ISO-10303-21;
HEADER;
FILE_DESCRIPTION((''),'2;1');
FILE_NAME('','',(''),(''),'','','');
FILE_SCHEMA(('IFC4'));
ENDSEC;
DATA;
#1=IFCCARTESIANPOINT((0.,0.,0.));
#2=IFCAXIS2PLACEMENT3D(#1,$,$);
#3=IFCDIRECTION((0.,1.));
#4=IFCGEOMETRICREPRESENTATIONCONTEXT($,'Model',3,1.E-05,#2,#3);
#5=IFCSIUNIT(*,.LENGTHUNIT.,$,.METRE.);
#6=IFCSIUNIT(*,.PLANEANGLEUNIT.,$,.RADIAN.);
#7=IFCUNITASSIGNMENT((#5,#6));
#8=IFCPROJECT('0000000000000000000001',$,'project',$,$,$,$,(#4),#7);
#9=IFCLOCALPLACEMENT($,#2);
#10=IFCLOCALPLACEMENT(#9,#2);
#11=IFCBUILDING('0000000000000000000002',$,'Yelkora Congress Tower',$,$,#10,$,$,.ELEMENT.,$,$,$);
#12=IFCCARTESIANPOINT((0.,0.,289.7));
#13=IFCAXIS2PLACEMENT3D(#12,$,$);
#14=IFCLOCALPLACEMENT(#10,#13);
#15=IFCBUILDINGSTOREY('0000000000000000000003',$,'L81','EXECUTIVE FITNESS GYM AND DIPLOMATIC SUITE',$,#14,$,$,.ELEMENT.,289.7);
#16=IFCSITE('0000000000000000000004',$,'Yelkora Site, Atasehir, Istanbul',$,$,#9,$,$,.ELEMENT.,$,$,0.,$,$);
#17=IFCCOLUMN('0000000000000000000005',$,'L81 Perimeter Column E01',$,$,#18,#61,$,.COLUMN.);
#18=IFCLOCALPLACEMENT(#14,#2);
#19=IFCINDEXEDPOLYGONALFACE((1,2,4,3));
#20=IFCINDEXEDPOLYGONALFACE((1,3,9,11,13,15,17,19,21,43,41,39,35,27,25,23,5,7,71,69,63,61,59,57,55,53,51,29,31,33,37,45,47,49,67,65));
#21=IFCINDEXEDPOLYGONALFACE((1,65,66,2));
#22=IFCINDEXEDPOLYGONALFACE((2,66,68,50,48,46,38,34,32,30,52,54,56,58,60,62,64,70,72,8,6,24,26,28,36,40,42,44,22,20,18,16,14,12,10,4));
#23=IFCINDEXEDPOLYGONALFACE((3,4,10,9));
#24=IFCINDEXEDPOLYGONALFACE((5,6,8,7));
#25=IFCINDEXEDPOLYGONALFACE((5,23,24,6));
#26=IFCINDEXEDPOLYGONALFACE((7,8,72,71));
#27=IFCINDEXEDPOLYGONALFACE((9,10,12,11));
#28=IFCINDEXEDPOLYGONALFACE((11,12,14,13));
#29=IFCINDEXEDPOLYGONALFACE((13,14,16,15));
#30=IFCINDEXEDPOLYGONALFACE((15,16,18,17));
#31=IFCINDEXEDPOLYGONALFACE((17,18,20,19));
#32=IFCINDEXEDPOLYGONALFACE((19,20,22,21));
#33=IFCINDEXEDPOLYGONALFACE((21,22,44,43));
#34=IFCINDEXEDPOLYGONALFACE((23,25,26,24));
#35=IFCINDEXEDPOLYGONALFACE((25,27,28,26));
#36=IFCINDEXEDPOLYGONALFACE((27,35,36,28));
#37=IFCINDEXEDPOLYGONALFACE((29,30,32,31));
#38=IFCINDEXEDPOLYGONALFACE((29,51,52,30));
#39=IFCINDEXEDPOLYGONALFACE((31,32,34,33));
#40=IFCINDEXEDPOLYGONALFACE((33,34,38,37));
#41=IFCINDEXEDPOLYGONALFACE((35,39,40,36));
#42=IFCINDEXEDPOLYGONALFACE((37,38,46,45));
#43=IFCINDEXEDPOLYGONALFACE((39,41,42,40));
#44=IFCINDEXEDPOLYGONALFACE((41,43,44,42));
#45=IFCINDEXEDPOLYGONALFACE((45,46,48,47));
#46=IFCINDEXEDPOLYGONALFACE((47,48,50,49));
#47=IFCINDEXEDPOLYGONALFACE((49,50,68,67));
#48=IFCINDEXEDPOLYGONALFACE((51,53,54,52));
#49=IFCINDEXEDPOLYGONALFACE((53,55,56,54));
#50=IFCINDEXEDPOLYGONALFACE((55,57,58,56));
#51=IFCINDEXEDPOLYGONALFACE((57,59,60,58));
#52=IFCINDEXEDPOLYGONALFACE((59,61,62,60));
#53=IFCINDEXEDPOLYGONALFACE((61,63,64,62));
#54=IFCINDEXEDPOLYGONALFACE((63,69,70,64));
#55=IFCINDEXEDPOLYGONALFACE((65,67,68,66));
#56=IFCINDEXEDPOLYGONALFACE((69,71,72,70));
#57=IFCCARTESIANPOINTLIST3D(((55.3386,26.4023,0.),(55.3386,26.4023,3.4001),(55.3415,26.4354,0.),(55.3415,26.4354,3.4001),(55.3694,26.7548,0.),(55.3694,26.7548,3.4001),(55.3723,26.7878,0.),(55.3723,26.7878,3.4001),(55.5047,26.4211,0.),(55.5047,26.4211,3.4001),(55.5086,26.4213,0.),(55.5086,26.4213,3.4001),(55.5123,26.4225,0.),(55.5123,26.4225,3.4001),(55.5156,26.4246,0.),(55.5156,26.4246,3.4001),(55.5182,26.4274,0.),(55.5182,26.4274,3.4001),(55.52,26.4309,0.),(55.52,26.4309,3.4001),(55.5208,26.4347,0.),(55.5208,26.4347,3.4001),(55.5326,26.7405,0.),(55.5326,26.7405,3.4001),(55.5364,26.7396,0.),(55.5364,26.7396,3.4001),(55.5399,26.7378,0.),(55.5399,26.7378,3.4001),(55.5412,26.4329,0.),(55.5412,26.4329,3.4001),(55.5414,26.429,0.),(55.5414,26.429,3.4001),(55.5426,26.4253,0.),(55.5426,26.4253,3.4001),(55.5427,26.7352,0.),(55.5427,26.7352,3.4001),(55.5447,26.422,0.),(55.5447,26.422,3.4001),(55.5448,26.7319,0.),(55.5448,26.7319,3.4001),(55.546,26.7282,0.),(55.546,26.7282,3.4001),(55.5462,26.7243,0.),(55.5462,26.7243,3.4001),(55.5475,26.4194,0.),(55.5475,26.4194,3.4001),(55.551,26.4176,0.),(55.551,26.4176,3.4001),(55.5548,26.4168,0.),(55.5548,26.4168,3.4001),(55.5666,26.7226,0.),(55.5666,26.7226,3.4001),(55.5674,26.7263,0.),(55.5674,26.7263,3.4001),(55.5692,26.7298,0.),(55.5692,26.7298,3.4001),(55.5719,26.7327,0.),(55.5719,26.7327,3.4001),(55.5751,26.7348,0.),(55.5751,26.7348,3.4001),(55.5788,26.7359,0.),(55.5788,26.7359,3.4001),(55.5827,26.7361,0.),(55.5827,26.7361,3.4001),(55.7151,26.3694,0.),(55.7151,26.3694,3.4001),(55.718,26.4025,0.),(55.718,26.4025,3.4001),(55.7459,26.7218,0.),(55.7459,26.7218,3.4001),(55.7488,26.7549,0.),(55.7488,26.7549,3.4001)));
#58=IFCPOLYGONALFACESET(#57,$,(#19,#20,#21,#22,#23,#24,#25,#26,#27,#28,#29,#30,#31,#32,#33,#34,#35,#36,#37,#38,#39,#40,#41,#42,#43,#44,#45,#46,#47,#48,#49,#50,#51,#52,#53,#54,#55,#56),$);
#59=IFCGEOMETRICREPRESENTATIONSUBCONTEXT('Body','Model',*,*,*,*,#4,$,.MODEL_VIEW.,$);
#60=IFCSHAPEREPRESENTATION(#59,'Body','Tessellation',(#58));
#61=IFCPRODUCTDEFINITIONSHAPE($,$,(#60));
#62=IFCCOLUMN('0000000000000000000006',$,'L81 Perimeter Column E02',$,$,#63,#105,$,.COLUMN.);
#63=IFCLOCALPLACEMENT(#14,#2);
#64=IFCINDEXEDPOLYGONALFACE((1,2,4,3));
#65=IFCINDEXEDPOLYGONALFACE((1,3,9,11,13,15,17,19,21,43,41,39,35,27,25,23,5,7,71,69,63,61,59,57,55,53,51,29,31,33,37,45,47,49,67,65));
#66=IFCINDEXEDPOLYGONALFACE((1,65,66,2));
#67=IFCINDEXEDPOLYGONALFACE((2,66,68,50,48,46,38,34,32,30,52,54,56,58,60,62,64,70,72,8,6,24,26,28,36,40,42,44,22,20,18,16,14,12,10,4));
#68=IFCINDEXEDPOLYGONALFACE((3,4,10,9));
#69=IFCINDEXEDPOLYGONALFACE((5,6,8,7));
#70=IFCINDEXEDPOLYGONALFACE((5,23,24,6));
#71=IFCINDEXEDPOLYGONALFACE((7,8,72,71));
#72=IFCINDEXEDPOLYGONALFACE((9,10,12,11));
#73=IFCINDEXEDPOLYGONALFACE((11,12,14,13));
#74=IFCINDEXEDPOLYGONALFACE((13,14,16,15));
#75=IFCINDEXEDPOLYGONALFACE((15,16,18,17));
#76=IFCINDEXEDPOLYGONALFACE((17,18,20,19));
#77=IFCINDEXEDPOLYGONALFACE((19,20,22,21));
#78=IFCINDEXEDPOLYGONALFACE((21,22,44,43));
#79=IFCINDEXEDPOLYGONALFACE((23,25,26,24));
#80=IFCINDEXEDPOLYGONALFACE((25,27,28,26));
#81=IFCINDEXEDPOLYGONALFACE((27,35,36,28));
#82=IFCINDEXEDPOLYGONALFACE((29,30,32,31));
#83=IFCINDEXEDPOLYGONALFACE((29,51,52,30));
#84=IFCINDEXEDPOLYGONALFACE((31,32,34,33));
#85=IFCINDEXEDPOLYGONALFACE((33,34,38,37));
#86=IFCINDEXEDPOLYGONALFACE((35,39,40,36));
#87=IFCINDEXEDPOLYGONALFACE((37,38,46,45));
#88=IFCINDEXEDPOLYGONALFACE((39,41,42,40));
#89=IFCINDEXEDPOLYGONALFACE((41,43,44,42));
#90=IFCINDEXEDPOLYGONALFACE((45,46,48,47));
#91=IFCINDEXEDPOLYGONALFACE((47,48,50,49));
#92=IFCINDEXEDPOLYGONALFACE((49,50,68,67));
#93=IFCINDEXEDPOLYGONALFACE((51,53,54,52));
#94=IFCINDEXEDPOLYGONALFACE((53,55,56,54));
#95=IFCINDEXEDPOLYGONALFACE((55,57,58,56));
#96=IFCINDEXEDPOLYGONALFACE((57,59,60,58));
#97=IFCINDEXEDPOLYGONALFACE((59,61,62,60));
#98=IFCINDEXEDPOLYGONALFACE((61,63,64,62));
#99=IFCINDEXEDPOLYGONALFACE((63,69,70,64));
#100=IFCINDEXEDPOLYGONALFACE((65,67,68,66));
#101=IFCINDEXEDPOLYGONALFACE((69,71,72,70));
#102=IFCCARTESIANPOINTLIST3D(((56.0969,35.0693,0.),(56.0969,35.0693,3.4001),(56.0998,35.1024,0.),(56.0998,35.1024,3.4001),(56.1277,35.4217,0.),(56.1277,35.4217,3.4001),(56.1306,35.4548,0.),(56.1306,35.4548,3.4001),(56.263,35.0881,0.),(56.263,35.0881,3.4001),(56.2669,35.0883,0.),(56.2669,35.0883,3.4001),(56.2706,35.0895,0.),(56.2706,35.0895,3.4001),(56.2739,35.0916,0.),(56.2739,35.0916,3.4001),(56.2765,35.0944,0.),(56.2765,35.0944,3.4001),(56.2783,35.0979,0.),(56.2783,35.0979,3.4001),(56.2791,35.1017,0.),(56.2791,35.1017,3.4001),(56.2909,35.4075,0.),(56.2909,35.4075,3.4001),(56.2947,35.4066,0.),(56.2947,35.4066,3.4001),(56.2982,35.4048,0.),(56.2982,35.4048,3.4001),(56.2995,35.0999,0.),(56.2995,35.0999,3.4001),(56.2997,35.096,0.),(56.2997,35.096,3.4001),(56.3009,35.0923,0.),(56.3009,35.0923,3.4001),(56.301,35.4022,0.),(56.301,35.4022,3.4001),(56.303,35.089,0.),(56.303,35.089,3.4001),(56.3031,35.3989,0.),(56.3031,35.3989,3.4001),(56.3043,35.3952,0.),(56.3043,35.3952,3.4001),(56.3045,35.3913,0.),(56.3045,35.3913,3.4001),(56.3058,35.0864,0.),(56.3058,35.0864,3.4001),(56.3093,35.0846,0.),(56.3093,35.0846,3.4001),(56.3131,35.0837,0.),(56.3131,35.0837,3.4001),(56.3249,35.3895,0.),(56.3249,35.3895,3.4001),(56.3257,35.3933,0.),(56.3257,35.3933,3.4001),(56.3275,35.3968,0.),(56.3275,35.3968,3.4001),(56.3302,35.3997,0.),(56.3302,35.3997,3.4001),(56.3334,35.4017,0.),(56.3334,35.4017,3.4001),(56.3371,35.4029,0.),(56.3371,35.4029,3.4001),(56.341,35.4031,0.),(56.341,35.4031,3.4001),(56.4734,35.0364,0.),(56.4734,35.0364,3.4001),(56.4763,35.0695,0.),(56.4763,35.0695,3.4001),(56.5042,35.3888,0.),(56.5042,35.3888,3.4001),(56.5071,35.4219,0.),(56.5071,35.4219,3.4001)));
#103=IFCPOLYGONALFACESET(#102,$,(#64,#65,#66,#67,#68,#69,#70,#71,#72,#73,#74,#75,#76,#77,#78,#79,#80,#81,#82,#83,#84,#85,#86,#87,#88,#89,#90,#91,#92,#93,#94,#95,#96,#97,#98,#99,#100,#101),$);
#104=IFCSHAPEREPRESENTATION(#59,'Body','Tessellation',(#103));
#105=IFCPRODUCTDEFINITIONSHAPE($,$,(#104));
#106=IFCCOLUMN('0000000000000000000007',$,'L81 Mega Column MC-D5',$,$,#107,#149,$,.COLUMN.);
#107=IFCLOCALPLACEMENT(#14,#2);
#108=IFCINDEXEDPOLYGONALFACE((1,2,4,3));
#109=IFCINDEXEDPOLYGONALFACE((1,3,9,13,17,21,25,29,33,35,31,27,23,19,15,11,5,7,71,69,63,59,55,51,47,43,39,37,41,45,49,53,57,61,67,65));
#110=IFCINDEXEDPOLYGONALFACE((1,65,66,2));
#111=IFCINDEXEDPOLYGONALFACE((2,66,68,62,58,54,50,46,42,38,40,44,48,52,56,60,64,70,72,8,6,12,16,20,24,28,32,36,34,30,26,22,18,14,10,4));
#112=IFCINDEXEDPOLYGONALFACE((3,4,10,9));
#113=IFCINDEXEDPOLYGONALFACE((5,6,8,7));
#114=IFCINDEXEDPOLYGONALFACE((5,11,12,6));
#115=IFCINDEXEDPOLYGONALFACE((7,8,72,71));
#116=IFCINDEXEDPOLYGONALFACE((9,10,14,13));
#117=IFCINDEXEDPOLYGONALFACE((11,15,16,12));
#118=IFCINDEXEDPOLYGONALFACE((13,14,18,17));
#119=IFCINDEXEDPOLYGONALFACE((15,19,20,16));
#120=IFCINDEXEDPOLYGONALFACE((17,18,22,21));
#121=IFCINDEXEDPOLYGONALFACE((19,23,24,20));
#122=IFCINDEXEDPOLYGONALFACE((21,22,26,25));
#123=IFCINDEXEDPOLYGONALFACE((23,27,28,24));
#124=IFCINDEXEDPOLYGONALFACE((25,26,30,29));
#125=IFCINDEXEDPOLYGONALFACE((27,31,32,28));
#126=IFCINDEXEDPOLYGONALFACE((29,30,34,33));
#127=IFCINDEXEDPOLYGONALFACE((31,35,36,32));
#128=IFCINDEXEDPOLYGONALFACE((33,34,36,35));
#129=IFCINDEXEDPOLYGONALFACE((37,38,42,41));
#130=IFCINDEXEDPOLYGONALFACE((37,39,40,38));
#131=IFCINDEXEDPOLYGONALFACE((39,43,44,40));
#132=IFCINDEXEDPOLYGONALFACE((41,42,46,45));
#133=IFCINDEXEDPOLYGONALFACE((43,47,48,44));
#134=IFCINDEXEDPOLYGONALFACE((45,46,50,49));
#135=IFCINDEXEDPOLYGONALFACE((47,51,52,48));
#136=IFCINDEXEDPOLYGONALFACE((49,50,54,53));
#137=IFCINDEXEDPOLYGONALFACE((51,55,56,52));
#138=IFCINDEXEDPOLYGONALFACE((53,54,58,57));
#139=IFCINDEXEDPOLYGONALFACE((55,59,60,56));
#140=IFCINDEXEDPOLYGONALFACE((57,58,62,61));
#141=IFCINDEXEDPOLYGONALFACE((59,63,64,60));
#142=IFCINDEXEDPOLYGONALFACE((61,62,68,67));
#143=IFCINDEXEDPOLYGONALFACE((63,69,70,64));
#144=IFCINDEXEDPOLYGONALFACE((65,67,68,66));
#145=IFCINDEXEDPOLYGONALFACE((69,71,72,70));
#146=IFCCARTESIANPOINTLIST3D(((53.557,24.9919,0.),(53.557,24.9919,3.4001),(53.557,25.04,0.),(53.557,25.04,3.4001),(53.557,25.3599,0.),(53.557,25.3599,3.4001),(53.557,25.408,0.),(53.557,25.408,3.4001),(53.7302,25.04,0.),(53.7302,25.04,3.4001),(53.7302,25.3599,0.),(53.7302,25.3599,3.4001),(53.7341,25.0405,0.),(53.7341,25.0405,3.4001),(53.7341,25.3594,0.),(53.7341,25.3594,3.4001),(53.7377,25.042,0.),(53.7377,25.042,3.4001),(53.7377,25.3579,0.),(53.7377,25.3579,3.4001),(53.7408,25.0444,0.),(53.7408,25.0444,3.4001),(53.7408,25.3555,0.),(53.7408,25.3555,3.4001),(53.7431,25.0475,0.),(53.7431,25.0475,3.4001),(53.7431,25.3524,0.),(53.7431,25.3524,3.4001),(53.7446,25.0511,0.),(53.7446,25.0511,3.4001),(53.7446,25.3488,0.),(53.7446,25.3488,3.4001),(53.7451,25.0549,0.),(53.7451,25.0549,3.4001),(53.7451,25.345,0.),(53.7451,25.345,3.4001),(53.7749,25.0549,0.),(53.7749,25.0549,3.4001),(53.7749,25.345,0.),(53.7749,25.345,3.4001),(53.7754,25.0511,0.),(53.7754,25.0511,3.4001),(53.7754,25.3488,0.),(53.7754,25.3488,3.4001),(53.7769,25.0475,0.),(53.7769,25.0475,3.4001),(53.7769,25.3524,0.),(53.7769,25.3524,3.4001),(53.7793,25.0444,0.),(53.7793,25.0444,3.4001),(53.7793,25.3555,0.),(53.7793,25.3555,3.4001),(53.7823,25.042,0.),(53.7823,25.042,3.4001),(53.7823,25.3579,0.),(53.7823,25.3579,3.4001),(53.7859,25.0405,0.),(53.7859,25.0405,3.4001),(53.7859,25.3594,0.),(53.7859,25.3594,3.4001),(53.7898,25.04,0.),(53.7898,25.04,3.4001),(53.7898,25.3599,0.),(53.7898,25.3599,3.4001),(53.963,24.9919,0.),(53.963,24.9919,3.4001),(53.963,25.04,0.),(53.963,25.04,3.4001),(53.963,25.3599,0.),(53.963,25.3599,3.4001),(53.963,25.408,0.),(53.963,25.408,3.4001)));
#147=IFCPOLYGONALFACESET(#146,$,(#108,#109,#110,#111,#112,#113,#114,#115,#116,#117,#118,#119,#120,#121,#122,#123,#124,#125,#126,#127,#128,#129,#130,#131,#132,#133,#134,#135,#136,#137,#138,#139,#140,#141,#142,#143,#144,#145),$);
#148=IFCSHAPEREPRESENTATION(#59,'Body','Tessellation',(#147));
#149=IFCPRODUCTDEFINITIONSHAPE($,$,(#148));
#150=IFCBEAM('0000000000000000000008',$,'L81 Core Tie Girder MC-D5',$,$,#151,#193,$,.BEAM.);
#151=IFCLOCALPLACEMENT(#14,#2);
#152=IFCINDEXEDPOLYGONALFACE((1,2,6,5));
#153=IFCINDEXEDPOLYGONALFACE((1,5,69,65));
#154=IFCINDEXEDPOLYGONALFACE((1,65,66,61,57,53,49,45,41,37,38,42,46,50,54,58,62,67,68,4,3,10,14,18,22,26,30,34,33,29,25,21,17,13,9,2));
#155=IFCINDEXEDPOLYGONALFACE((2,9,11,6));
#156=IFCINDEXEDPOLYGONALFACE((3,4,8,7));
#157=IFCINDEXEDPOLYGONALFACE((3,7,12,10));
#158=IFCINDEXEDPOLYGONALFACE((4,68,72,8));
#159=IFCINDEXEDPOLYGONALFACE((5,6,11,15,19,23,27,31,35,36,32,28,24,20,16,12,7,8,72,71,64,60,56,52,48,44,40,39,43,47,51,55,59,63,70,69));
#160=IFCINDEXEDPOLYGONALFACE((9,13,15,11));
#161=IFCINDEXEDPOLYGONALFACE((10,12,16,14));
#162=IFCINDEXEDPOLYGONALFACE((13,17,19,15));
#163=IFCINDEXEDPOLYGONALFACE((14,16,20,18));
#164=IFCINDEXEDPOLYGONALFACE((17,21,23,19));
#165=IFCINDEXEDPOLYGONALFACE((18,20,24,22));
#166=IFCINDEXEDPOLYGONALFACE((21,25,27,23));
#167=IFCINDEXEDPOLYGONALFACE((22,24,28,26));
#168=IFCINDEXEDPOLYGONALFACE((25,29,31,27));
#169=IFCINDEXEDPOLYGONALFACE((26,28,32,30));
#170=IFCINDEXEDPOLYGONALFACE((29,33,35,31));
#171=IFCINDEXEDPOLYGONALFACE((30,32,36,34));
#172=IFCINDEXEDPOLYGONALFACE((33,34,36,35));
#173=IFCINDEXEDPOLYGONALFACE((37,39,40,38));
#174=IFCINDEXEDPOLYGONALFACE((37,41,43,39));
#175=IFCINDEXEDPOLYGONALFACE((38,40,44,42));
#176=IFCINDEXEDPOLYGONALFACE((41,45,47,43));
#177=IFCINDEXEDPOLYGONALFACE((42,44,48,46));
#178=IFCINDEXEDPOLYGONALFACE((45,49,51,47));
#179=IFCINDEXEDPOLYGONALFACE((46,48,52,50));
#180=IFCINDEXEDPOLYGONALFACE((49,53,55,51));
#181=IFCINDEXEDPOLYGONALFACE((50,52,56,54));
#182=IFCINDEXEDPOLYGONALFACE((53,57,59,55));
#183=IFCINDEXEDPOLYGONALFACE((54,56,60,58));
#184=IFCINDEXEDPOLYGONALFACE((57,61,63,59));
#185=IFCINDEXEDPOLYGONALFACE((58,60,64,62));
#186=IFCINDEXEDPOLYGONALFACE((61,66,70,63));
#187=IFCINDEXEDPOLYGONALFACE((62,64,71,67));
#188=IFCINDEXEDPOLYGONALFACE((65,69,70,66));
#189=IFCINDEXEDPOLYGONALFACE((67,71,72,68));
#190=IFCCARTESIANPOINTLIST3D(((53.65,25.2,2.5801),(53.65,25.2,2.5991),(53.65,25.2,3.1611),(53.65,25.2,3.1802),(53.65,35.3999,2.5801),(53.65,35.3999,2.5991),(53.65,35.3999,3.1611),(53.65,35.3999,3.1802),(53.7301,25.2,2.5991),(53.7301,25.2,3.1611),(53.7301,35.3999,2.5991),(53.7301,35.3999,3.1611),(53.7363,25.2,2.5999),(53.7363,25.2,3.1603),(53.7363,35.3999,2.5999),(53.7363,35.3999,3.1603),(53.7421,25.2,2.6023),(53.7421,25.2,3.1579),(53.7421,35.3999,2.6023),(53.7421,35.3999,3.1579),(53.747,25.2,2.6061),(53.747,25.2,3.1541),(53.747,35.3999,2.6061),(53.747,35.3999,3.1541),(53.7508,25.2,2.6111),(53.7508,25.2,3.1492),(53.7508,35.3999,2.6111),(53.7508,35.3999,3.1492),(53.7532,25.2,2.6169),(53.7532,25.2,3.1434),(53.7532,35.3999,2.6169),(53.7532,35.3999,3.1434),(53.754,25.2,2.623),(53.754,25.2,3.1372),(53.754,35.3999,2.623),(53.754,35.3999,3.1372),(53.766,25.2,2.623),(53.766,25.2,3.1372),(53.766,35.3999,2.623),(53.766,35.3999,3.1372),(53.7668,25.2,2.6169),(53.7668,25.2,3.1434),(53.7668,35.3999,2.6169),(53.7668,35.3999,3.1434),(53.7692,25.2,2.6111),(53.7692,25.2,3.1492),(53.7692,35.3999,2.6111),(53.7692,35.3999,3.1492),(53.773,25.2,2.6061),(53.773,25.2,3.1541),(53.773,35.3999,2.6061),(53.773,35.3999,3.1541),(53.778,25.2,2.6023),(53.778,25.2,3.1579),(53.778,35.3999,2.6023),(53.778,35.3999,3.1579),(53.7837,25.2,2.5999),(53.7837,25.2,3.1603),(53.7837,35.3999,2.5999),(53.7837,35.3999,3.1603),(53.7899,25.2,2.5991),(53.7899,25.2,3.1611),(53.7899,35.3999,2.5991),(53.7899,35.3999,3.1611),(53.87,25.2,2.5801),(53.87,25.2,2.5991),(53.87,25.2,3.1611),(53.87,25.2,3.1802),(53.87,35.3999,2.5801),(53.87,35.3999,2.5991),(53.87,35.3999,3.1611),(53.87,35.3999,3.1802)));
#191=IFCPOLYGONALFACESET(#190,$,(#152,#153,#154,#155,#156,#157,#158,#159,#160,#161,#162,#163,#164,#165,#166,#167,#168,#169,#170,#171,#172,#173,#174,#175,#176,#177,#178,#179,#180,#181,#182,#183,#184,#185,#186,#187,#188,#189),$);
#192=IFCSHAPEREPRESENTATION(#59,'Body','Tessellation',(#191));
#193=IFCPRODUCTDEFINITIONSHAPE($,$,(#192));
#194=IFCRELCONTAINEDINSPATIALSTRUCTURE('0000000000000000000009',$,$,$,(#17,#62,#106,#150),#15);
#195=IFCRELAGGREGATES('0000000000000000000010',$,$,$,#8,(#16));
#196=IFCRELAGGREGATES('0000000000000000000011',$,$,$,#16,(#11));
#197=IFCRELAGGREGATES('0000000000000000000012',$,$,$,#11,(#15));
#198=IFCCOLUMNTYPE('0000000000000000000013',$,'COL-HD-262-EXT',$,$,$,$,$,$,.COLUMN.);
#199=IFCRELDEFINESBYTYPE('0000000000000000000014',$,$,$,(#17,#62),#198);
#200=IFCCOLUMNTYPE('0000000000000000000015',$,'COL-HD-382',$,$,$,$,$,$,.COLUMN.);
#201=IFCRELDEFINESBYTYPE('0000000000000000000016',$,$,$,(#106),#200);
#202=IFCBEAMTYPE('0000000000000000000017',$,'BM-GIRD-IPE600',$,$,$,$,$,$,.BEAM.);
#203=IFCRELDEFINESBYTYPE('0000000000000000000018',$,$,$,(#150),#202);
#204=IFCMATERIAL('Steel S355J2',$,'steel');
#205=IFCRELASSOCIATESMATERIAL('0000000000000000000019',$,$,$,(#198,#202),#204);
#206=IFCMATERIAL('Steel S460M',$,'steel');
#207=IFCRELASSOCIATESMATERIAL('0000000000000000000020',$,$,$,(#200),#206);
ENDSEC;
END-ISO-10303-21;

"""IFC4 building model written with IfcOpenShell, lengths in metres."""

from ifc_helpers import new_model, si_unit, direction, frame, origin, origin_2d, place, context, subcontext, project, spatial, i_section, extrude, material, material_profile, profile_set, type_object, element, save


model = new_model("IFC4")

# Units and contexts
model_context = context("Model", 3, precision=1e-05, world=origin(), true_north=direction((0.0, 1.0)))
body_context = subcontext(model_context, "Body", "Model", "MODEL_VIEW")
ifc_project = project(units=[si_unit("LENGTHUNIT", "METRE"), si_unit("PLANEANGLEUNIT", "RADIAN")], contexts=[model_context])

# Site, building, storey
site_placement = place(None, origin())
site = spatial("IfcSite", under=ifc_project, at=site_placement, Name="Yelkora Site, Atasehir, Istanbul", CompositionType="ELEMENT", RefElevation=0.0)
building_placement = place(site_placement, origin())
building = spatial("IfcBuilding", under=site, at=building_placement, Name="Yelkora Congress Tower", CompositionType="ELEMENT")
storey_placement = place(building_placement, frame((0.0, 0.0, 289.7)))
storey = spatial("IfcBuildingStorey", under=building, at=storey_placement, Name="L81", Description="EXECUTIVE FITNESS GYM AND DIPLOMATIC SUITE", CompositionType="ELEMENT", Elevation=289.7)

# Columns
ifc_material_1 = material(Name="Steel S355J2", Category="steel")
ifc_material_profile_1 = material_profile(ifc_material_1, i_section(OverallWidth=0.3779, OverallDepth=0.387, WebThickness=0.0205, FlangeThickness=0.0332, FilletRadius=0.0149, at=origin_2d()), Name="HD 360x262")
ifc_profile_set_1 = profile_set([ifc_material_profile_1], Name="Steel S355J2")
column_type_1 = type_object("IfcColumnType", Name="COL-HD-262-EXT", PredefinedType="COLUMN", material=ifc_profile_set_1)
for number, where, z_axis, x_axis, name in (
    (1, (55.5437, 26.5786, 0.0), (0.0, 0.0, 1.0), (0.996195, -0.087156, 0.0), "L81 Perimeter Column E01"),
    (2, (56.302, 35.2456, 0.0), (0.0, 0.0, 1.0), (0.996195, -0.087156, 0.0), "L81 Perimeter Column E02"),
):
    element("IfcColumn", number, at=place(storey_placement, frame(where, z_axis=z_axis, x_axis=x_axis)), inside=storey, type_object=column_type_1, Name=name, PredefinedType="COLUMN", context=body_context, shape_type="SweptSolid", body=[
        extrude(i_section(OverallWidth=0.3779, OverallDepth=0.387, WebThickness=0.0205, FlangeThickness=0.0332, FilletRadius=0.0149, at=origin_2d()), origin(), (0.0, 0.0, 1.0), 3.4001),
    ])
ifc_material_2 = material(Name="Steel S460M", Category="steel")
ifc_material_profile_2 = material_profile(ifc_material_2, i_section(OverallWidth=0.406, OverallDepth=0.416, WebThickness=0.0298, FlangeThickness=0.0481, FilletRadius=0.0149, at=origin_2d()), Name="HD 400x382")
ifc_profile_set_2 = profile_set([ifc_material_profile_2], Name="Steel S460M")
column_type_2 = type_object("IfcColumnType", Name="COL-HD-382", PredefinedType="COLUMN", material=ifc_profile_set_2)
column_placement = place(storey_placement, frame((53.76, 25.2, 0.0), z_axis=(0.0, 0.0, 1.0), x_axis=(1.0, 0.0, 0.0)))
element("IfcColumn", 3, at=column_placement, inside=storey, type_object=column_type_2, Name="L81 Mega Column MC-D5", PredefinedType="COLUMN", context=body_context, shape_type="SweptSolid", body=[
    extrude(i_section(OverallWidth=0.406, OverallDepth=0.416, WebThickness=0.0298, FlangeThickness=0.0481, FilletRadius=0.0149, at=origin_2d()), origin(), (0.0, 0.0, 1.0), 3.4001),
])

# Beam
ifc_material_profile_3 = material_profile(ifc_material_1, i_section(OverallWidth=0.22, OverallDepth=0.6001, WebThickness=0.012, FlangeThickness=0.019, FilletRadius=0.0239, at=origin_2d()), Name="IPE 600")
ifc_profile_set_3 = profile_set([ifc_material_profile_3], Name="Steel S355J2")
beam_type_1 = type_object("IfcBeamType", Name="BM-GIRD-IPE600", PredefinedType="BEAM", material=ifc_profile_set_3)
beam_1_placement = place(storey_placement, frame((53.76, 25.2, 2.8801), z_axis=(0.0, 1.0, 0.0), x_axis=(-1.0, 0.0, 0.0)))
element("IfcBeam", 4, at=beam_1_placement, inside=storey, type_object=beam_type_1, Name="L81 Core Tie Girder MC-D5", PredefinedType="BEAM", context=body_context, shape_type="SweptSolid", body=[
    extrude(i_section(OverallWidth=0.22, OverallDepth=0.6001, WebThickness=0.012, FlangeThickness=0.019, FilletRadius=0.0239, at=origin_2d()), origin(), (0.0, 0.0, 1.0), 10.2),
])

save(model, "model.ifc")
